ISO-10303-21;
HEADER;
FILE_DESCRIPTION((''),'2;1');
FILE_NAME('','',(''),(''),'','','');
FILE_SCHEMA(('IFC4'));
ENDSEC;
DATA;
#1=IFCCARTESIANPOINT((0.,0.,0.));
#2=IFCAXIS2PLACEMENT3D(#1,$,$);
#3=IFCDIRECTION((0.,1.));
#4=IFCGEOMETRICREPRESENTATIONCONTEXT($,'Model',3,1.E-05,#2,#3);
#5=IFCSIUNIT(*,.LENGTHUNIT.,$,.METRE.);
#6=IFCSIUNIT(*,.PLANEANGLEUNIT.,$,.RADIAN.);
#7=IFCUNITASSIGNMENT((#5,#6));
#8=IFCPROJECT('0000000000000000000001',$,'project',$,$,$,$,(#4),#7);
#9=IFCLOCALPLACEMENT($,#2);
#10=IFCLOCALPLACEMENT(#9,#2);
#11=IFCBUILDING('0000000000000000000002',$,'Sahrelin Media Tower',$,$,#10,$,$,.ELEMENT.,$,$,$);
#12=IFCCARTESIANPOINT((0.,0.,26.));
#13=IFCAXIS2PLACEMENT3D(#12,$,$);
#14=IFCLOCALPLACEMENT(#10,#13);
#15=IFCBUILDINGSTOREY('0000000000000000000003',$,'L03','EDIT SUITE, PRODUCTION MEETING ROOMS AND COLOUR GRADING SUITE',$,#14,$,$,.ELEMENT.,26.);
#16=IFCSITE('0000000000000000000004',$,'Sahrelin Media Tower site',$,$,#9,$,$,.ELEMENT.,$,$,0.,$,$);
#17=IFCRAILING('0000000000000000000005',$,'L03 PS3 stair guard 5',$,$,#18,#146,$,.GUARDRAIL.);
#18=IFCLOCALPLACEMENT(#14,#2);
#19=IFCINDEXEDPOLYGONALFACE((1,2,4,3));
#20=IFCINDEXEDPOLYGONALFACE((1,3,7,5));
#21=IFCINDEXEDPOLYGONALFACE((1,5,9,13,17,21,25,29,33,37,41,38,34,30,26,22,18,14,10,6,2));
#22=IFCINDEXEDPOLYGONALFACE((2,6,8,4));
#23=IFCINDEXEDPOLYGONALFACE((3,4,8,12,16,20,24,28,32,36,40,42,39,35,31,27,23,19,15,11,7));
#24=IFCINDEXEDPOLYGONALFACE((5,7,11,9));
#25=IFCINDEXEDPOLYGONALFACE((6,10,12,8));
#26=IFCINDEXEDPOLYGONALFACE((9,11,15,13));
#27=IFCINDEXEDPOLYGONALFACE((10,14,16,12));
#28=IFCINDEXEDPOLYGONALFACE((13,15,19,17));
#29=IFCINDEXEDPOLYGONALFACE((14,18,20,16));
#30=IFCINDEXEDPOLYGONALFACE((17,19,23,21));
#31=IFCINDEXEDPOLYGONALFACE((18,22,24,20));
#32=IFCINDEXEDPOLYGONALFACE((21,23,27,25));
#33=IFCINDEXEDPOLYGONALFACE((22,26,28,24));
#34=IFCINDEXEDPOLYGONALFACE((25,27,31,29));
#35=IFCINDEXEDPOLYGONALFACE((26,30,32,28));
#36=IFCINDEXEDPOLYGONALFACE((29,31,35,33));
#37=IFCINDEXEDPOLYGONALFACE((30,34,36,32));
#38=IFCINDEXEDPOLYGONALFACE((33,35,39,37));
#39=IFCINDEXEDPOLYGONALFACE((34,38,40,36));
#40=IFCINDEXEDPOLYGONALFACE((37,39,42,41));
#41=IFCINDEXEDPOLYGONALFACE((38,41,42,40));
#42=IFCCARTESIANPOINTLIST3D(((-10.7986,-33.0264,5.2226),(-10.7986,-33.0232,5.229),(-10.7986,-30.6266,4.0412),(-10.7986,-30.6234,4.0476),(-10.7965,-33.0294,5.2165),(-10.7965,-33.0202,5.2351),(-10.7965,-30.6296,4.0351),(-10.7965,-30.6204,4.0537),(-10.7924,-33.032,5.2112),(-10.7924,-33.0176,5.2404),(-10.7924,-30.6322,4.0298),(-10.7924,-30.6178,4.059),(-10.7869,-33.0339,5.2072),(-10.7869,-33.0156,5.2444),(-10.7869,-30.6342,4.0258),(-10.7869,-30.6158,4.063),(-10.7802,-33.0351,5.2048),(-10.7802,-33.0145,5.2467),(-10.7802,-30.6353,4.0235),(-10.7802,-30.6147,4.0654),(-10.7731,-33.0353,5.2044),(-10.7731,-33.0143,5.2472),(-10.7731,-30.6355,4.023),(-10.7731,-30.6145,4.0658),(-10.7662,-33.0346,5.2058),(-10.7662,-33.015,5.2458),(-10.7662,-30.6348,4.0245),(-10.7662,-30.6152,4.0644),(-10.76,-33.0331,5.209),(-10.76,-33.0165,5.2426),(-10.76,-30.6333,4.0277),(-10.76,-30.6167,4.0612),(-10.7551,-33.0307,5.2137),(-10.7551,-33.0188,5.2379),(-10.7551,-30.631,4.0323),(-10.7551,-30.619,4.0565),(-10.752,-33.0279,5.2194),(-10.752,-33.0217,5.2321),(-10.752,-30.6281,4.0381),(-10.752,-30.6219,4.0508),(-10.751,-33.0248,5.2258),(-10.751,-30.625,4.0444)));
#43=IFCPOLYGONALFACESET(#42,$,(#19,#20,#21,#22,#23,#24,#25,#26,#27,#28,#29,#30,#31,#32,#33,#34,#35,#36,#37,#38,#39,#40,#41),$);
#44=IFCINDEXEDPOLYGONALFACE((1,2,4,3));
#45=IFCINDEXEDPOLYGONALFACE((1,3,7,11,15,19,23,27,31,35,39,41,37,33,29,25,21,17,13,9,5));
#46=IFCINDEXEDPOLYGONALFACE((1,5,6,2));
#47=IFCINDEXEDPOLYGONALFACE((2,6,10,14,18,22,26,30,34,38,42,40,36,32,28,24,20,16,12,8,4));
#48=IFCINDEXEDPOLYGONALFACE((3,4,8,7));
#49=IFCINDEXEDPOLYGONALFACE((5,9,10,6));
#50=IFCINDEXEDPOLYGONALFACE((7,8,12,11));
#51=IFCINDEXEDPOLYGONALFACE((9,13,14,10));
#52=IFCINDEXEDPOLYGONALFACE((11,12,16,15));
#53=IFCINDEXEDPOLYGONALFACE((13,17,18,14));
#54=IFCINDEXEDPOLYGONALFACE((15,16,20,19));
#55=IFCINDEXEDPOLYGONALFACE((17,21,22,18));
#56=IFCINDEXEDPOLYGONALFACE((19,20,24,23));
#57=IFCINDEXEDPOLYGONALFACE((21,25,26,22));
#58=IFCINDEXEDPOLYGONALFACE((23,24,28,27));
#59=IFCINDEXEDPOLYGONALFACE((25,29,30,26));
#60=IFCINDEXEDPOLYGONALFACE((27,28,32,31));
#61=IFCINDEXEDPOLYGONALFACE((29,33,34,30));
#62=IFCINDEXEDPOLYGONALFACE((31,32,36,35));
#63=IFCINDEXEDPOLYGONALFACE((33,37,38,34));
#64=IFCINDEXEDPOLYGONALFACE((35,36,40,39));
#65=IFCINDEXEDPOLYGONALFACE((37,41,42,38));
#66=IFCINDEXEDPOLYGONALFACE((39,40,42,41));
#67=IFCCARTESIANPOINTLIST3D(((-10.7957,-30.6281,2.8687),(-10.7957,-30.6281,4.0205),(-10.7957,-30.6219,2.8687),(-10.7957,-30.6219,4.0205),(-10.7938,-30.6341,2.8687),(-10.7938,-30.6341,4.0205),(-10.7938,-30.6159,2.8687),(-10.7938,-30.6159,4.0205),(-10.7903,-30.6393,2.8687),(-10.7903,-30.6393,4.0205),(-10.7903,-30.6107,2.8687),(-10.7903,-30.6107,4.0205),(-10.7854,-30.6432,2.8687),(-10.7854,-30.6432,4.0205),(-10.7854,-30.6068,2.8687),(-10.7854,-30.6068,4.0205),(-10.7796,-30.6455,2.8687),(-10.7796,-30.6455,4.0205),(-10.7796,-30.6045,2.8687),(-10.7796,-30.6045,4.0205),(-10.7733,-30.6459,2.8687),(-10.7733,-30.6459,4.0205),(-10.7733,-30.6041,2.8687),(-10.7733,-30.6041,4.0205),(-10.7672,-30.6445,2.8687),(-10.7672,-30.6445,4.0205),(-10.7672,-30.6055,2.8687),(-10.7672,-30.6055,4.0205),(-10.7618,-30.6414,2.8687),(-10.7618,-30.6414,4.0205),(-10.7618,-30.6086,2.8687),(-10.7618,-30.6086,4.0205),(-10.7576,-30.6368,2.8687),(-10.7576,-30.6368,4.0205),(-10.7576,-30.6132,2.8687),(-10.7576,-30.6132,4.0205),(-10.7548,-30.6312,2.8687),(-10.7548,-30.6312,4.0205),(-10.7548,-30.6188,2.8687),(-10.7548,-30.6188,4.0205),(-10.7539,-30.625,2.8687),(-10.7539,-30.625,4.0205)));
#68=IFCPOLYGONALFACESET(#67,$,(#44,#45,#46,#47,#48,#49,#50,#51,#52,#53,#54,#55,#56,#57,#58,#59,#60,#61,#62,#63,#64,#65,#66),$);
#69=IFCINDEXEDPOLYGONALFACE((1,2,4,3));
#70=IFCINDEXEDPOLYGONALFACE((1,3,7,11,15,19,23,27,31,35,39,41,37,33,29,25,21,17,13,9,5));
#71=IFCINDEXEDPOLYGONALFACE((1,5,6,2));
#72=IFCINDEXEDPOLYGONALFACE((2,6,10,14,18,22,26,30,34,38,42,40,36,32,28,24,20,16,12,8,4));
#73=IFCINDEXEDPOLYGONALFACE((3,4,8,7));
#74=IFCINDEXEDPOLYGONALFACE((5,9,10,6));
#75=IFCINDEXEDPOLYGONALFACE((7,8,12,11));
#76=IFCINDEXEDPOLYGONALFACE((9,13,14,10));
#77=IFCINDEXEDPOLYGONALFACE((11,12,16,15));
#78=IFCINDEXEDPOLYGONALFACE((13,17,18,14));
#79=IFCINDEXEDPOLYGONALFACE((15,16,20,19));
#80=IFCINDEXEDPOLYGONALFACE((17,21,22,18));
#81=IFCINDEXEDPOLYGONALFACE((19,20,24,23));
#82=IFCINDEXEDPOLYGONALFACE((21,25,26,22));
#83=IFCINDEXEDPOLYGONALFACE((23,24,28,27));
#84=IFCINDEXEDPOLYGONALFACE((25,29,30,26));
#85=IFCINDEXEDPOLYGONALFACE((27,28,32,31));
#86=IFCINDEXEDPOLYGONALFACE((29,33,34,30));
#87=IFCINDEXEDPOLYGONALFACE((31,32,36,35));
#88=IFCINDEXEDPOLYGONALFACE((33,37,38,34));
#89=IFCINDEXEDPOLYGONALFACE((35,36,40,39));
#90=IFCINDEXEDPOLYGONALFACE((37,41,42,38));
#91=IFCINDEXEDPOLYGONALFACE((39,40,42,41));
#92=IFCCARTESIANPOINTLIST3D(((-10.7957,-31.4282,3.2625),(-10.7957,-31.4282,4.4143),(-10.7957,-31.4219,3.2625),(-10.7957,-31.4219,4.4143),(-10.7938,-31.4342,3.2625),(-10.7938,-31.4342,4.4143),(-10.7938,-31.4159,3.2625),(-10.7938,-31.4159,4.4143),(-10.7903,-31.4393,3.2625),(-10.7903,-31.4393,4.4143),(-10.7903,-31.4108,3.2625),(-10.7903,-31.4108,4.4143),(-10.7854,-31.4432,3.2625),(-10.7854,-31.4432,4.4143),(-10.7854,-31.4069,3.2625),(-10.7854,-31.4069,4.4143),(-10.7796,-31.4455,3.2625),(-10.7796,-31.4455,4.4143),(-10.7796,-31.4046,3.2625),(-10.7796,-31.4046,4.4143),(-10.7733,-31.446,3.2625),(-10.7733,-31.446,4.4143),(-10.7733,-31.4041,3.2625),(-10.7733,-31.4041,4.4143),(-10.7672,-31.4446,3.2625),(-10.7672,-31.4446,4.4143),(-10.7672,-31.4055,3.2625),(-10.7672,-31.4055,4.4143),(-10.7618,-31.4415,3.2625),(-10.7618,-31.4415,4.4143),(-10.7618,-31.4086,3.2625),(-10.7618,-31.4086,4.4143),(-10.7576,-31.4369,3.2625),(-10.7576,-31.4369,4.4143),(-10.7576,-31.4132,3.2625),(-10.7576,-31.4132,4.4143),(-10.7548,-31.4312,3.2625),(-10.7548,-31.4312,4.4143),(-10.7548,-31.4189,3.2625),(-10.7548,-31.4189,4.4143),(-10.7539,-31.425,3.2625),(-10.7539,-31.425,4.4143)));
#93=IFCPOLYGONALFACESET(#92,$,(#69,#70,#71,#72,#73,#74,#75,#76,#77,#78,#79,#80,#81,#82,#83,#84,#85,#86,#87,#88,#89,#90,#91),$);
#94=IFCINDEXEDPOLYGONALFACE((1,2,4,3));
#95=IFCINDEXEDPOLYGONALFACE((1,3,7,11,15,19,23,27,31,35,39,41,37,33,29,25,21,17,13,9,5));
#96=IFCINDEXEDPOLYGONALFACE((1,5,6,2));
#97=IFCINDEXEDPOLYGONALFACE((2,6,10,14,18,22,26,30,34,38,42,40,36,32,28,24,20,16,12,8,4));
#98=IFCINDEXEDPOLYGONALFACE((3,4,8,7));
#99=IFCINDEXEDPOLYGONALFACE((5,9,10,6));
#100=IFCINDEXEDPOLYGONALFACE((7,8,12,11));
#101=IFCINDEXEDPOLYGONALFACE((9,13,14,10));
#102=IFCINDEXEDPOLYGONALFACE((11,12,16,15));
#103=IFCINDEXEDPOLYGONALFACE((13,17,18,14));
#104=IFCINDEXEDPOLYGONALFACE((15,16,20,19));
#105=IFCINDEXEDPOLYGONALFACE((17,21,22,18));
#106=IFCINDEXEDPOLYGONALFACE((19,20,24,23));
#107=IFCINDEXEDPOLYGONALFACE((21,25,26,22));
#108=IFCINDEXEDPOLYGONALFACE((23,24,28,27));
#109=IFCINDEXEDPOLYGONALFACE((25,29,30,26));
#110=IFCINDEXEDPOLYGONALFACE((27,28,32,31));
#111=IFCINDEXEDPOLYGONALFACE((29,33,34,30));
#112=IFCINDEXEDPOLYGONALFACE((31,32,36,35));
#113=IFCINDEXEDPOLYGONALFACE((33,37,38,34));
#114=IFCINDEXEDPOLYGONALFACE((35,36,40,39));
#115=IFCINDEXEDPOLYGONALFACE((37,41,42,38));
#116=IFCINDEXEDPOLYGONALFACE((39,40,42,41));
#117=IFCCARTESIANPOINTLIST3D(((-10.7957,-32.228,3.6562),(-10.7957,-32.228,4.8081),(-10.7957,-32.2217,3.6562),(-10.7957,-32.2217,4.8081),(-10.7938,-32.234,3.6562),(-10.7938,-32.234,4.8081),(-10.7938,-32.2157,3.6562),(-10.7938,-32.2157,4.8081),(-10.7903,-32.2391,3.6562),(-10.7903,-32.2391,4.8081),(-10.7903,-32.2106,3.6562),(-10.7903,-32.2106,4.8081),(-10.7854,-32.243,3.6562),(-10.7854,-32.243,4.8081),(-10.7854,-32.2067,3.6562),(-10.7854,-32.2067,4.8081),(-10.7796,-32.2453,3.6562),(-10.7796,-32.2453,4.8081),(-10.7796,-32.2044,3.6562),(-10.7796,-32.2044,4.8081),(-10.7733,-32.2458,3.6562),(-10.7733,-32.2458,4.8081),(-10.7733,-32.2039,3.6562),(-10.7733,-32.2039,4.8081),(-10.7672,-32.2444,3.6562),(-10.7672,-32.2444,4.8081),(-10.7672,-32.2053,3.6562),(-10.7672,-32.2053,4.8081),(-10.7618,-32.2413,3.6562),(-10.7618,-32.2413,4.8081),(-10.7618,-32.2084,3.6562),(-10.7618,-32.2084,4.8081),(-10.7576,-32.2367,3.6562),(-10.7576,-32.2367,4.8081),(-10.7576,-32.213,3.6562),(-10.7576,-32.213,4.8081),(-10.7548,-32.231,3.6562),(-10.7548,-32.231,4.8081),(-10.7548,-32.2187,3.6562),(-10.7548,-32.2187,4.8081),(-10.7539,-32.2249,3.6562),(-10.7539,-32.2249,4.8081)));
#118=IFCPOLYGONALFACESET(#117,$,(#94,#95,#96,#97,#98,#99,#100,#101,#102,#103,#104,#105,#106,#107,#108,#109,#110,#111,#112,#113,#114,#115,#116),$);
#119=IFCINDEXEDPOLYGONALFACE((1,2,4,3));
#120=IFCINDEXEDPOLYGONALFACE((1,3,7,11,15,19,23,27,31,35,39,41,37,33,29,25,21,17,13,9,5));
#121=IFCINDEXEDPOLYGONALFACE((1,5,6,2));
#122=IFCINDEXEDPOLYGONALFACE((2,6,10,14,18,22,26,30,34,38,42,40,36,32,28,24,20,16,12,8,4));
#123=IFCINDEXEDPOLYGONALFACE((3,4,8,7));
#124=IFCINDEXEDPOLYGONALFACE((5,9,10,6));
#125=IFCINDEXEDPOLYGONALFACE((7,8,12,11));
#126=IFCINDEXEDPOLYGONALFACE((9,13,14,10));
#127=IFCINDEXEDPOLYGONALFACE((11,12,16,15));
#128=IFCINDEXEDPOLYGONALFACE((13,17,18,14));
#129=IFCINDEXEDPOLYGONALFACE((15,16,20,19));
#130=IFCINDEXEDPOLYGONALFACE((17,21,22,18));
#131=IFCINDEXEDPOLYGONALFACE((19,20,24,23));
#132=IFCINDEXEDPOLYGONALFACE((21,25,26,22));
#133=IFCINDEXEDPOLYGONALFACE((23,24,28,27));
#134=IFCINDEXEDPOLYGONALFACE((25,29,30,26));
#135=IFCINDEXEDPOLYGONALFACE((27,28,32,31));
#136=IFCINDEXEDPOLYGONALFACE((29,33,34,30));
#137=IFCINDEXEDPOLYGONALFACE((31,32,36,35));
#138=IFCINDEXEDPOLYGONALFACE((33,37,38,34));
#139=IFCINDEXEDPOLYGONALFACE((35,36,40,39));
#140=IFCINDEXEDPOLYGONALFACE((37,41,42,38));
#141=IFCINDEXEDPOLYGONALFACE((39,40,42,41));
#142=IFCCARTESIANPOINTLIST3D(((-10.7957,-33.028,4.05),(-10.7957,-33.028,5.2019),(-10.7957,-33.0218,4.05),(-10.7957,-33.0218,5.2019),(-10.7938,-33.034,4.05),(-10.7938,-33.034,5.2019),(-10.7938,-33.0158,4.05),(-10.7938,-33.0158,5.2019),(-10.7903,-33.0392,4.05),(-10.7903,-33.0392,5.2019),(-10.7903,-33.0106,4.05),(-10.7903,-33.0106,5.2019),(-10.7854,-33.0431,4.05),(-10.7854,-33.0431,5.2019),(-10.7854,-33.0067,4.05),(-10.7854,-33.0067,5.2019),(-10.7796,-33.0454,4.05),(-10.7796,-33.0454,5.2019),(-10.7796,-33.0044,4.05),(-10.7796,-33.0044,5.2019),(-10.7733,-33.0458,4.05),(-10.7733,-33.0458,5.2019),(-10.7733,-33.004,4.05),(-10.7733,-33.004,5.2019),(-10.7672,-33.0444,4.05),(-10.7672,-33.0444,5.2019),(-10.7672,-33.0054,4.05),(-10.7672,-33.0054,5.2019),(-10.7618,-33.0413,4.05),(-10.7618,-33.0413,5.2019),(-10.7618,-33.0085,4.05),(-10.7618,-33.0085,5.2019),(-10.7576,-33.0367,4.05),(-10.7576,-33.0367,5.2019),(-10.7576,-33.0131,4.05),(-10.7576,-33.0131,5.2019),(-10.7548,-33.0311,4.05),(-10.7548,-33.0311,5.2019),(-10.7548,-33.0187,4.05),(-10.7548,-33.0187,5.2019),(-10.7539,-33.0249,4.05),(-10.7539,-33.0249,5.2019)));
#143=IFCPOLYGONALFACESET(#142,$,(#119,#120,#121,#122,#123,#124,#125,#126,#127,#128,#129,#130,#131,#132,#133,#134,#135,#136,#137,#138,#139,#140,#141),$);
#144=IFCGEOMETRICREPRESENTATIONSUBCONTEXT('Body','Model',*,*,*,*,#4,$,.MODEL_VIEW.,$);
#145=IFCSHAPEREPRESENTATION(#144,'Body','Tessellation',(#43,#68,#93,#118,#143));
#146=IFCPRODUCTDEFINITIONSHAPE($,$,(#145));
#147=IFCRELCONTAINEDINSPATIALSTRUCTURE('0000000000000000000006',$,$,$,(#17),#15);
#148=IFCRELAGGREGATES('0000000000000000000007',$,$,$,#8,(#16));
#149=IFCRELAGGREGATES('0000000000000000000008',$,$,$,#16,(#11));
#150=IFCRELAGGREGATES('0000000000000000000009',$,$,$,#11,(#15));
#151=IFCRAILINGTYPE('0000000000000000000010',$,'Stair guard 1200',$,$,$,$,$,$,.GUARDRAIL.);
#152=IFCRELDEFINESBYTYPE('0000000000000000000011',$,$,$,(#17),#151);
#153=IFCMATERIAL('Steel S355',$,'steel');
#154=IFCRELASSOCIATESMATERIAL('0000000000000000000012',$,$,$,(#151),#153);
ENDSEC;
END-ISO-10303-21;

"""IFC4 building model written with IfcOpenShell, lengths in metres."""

from ifc_helpers import new_model, si_unit, direction, frame, origin, origin_2d, place, context, subcontext, project, spatial, circle, extrude, material, type_object, element, save


model = new_model("IFC4")

# Units and contexts
model_context = context("Model", 3, precision=1e-05, world=origin(), true_north=direction((0.0, 1.0)))
body_context = subcontext(model_context, "Body", "Model", "MODEL_VIEW")
ifc_project = project(units=[si_unit("LENGTHUNIT", "METRE"), si_unit("PLANEANGLEUNIT", "RADIAN")], contexts=[model_context])

# Site, building, storey
site_placement = place(None, origin())
site = spatial("IfcSite", under=ifc_project, at=site_placement, Name="Sahrelin Media Tower site", CompositionType="ELEMENT", RefElevation=0.0)
building_placement = place(site_placement, origin())
building = spatial("IfcBuilding", under=site, at=building_placement, Name="Sahrelin Media Tower", CompositionType="ELEMENT")
storey_placement = place(building_placement, frame((0.0, 0.0, 26.0)))
storey = spatial("IfcBuildingStorey", under=building, at=storey_placement, Name="L03", Description="EDIT SUITE, PRODUCTION MEETING ROOMS AND COLOUR GRADING SUITE", CompositionType="ELEMENT", Elevation=26.0)

# Shared definitions
ifc_material_1 = material(Name="Steel S355", Category="steel")

# Railing
railing_type_1 = type_object("IfcRailingType", Name="Stair guard 1200", PredefinedType="GUARDRAIL", material=ifc_material_1)
railing_1_placement = place(storey_placement, frame((-10.7749, -30.625, 2.8687)))
element("IfcRailing", 1, at=railing_1_placement, inside=storey, type_object=railing_type_1, Name="L03 PS3 stair guard 5", PredefinedType="GUARDRAIL", context=body_context, shape_type="SweptSolid", body=[
    extrude(circle(Radius=0.0239, at=origin_2d()), frame((0.0, 0.0, 1.1758), z_axis=(0.0, -0.897185, 0.441656), x_axis=(1.0, 0.0, 0.0)), (0.0, 0.0, 1.0), 2.6748),
    extrude(circle(Radius=0.021, at=origin_2d()), origin(), (0.0, 0.0, 1.0), 1.1519),
    extrude(circle(Radius=0.021, at=origin_2d()), frame((0.0, -0.8, 0.3938)), (0.0, 0.0, 1.0), 1.1519),
    extrude(circle(Radius=0.021, at=origin_2d()), frame((0.0, -1.5999, 0.7876)), (0.0, 0.0, 1.0), 1.1519),
    extrude(circle(Radius=0.021, at=origin_2d()), frame((0.0, -2.3999, 1.1814)), (0.0, 0.0, 1.0), 1.1519),
])

save(model, "model.ifc")
